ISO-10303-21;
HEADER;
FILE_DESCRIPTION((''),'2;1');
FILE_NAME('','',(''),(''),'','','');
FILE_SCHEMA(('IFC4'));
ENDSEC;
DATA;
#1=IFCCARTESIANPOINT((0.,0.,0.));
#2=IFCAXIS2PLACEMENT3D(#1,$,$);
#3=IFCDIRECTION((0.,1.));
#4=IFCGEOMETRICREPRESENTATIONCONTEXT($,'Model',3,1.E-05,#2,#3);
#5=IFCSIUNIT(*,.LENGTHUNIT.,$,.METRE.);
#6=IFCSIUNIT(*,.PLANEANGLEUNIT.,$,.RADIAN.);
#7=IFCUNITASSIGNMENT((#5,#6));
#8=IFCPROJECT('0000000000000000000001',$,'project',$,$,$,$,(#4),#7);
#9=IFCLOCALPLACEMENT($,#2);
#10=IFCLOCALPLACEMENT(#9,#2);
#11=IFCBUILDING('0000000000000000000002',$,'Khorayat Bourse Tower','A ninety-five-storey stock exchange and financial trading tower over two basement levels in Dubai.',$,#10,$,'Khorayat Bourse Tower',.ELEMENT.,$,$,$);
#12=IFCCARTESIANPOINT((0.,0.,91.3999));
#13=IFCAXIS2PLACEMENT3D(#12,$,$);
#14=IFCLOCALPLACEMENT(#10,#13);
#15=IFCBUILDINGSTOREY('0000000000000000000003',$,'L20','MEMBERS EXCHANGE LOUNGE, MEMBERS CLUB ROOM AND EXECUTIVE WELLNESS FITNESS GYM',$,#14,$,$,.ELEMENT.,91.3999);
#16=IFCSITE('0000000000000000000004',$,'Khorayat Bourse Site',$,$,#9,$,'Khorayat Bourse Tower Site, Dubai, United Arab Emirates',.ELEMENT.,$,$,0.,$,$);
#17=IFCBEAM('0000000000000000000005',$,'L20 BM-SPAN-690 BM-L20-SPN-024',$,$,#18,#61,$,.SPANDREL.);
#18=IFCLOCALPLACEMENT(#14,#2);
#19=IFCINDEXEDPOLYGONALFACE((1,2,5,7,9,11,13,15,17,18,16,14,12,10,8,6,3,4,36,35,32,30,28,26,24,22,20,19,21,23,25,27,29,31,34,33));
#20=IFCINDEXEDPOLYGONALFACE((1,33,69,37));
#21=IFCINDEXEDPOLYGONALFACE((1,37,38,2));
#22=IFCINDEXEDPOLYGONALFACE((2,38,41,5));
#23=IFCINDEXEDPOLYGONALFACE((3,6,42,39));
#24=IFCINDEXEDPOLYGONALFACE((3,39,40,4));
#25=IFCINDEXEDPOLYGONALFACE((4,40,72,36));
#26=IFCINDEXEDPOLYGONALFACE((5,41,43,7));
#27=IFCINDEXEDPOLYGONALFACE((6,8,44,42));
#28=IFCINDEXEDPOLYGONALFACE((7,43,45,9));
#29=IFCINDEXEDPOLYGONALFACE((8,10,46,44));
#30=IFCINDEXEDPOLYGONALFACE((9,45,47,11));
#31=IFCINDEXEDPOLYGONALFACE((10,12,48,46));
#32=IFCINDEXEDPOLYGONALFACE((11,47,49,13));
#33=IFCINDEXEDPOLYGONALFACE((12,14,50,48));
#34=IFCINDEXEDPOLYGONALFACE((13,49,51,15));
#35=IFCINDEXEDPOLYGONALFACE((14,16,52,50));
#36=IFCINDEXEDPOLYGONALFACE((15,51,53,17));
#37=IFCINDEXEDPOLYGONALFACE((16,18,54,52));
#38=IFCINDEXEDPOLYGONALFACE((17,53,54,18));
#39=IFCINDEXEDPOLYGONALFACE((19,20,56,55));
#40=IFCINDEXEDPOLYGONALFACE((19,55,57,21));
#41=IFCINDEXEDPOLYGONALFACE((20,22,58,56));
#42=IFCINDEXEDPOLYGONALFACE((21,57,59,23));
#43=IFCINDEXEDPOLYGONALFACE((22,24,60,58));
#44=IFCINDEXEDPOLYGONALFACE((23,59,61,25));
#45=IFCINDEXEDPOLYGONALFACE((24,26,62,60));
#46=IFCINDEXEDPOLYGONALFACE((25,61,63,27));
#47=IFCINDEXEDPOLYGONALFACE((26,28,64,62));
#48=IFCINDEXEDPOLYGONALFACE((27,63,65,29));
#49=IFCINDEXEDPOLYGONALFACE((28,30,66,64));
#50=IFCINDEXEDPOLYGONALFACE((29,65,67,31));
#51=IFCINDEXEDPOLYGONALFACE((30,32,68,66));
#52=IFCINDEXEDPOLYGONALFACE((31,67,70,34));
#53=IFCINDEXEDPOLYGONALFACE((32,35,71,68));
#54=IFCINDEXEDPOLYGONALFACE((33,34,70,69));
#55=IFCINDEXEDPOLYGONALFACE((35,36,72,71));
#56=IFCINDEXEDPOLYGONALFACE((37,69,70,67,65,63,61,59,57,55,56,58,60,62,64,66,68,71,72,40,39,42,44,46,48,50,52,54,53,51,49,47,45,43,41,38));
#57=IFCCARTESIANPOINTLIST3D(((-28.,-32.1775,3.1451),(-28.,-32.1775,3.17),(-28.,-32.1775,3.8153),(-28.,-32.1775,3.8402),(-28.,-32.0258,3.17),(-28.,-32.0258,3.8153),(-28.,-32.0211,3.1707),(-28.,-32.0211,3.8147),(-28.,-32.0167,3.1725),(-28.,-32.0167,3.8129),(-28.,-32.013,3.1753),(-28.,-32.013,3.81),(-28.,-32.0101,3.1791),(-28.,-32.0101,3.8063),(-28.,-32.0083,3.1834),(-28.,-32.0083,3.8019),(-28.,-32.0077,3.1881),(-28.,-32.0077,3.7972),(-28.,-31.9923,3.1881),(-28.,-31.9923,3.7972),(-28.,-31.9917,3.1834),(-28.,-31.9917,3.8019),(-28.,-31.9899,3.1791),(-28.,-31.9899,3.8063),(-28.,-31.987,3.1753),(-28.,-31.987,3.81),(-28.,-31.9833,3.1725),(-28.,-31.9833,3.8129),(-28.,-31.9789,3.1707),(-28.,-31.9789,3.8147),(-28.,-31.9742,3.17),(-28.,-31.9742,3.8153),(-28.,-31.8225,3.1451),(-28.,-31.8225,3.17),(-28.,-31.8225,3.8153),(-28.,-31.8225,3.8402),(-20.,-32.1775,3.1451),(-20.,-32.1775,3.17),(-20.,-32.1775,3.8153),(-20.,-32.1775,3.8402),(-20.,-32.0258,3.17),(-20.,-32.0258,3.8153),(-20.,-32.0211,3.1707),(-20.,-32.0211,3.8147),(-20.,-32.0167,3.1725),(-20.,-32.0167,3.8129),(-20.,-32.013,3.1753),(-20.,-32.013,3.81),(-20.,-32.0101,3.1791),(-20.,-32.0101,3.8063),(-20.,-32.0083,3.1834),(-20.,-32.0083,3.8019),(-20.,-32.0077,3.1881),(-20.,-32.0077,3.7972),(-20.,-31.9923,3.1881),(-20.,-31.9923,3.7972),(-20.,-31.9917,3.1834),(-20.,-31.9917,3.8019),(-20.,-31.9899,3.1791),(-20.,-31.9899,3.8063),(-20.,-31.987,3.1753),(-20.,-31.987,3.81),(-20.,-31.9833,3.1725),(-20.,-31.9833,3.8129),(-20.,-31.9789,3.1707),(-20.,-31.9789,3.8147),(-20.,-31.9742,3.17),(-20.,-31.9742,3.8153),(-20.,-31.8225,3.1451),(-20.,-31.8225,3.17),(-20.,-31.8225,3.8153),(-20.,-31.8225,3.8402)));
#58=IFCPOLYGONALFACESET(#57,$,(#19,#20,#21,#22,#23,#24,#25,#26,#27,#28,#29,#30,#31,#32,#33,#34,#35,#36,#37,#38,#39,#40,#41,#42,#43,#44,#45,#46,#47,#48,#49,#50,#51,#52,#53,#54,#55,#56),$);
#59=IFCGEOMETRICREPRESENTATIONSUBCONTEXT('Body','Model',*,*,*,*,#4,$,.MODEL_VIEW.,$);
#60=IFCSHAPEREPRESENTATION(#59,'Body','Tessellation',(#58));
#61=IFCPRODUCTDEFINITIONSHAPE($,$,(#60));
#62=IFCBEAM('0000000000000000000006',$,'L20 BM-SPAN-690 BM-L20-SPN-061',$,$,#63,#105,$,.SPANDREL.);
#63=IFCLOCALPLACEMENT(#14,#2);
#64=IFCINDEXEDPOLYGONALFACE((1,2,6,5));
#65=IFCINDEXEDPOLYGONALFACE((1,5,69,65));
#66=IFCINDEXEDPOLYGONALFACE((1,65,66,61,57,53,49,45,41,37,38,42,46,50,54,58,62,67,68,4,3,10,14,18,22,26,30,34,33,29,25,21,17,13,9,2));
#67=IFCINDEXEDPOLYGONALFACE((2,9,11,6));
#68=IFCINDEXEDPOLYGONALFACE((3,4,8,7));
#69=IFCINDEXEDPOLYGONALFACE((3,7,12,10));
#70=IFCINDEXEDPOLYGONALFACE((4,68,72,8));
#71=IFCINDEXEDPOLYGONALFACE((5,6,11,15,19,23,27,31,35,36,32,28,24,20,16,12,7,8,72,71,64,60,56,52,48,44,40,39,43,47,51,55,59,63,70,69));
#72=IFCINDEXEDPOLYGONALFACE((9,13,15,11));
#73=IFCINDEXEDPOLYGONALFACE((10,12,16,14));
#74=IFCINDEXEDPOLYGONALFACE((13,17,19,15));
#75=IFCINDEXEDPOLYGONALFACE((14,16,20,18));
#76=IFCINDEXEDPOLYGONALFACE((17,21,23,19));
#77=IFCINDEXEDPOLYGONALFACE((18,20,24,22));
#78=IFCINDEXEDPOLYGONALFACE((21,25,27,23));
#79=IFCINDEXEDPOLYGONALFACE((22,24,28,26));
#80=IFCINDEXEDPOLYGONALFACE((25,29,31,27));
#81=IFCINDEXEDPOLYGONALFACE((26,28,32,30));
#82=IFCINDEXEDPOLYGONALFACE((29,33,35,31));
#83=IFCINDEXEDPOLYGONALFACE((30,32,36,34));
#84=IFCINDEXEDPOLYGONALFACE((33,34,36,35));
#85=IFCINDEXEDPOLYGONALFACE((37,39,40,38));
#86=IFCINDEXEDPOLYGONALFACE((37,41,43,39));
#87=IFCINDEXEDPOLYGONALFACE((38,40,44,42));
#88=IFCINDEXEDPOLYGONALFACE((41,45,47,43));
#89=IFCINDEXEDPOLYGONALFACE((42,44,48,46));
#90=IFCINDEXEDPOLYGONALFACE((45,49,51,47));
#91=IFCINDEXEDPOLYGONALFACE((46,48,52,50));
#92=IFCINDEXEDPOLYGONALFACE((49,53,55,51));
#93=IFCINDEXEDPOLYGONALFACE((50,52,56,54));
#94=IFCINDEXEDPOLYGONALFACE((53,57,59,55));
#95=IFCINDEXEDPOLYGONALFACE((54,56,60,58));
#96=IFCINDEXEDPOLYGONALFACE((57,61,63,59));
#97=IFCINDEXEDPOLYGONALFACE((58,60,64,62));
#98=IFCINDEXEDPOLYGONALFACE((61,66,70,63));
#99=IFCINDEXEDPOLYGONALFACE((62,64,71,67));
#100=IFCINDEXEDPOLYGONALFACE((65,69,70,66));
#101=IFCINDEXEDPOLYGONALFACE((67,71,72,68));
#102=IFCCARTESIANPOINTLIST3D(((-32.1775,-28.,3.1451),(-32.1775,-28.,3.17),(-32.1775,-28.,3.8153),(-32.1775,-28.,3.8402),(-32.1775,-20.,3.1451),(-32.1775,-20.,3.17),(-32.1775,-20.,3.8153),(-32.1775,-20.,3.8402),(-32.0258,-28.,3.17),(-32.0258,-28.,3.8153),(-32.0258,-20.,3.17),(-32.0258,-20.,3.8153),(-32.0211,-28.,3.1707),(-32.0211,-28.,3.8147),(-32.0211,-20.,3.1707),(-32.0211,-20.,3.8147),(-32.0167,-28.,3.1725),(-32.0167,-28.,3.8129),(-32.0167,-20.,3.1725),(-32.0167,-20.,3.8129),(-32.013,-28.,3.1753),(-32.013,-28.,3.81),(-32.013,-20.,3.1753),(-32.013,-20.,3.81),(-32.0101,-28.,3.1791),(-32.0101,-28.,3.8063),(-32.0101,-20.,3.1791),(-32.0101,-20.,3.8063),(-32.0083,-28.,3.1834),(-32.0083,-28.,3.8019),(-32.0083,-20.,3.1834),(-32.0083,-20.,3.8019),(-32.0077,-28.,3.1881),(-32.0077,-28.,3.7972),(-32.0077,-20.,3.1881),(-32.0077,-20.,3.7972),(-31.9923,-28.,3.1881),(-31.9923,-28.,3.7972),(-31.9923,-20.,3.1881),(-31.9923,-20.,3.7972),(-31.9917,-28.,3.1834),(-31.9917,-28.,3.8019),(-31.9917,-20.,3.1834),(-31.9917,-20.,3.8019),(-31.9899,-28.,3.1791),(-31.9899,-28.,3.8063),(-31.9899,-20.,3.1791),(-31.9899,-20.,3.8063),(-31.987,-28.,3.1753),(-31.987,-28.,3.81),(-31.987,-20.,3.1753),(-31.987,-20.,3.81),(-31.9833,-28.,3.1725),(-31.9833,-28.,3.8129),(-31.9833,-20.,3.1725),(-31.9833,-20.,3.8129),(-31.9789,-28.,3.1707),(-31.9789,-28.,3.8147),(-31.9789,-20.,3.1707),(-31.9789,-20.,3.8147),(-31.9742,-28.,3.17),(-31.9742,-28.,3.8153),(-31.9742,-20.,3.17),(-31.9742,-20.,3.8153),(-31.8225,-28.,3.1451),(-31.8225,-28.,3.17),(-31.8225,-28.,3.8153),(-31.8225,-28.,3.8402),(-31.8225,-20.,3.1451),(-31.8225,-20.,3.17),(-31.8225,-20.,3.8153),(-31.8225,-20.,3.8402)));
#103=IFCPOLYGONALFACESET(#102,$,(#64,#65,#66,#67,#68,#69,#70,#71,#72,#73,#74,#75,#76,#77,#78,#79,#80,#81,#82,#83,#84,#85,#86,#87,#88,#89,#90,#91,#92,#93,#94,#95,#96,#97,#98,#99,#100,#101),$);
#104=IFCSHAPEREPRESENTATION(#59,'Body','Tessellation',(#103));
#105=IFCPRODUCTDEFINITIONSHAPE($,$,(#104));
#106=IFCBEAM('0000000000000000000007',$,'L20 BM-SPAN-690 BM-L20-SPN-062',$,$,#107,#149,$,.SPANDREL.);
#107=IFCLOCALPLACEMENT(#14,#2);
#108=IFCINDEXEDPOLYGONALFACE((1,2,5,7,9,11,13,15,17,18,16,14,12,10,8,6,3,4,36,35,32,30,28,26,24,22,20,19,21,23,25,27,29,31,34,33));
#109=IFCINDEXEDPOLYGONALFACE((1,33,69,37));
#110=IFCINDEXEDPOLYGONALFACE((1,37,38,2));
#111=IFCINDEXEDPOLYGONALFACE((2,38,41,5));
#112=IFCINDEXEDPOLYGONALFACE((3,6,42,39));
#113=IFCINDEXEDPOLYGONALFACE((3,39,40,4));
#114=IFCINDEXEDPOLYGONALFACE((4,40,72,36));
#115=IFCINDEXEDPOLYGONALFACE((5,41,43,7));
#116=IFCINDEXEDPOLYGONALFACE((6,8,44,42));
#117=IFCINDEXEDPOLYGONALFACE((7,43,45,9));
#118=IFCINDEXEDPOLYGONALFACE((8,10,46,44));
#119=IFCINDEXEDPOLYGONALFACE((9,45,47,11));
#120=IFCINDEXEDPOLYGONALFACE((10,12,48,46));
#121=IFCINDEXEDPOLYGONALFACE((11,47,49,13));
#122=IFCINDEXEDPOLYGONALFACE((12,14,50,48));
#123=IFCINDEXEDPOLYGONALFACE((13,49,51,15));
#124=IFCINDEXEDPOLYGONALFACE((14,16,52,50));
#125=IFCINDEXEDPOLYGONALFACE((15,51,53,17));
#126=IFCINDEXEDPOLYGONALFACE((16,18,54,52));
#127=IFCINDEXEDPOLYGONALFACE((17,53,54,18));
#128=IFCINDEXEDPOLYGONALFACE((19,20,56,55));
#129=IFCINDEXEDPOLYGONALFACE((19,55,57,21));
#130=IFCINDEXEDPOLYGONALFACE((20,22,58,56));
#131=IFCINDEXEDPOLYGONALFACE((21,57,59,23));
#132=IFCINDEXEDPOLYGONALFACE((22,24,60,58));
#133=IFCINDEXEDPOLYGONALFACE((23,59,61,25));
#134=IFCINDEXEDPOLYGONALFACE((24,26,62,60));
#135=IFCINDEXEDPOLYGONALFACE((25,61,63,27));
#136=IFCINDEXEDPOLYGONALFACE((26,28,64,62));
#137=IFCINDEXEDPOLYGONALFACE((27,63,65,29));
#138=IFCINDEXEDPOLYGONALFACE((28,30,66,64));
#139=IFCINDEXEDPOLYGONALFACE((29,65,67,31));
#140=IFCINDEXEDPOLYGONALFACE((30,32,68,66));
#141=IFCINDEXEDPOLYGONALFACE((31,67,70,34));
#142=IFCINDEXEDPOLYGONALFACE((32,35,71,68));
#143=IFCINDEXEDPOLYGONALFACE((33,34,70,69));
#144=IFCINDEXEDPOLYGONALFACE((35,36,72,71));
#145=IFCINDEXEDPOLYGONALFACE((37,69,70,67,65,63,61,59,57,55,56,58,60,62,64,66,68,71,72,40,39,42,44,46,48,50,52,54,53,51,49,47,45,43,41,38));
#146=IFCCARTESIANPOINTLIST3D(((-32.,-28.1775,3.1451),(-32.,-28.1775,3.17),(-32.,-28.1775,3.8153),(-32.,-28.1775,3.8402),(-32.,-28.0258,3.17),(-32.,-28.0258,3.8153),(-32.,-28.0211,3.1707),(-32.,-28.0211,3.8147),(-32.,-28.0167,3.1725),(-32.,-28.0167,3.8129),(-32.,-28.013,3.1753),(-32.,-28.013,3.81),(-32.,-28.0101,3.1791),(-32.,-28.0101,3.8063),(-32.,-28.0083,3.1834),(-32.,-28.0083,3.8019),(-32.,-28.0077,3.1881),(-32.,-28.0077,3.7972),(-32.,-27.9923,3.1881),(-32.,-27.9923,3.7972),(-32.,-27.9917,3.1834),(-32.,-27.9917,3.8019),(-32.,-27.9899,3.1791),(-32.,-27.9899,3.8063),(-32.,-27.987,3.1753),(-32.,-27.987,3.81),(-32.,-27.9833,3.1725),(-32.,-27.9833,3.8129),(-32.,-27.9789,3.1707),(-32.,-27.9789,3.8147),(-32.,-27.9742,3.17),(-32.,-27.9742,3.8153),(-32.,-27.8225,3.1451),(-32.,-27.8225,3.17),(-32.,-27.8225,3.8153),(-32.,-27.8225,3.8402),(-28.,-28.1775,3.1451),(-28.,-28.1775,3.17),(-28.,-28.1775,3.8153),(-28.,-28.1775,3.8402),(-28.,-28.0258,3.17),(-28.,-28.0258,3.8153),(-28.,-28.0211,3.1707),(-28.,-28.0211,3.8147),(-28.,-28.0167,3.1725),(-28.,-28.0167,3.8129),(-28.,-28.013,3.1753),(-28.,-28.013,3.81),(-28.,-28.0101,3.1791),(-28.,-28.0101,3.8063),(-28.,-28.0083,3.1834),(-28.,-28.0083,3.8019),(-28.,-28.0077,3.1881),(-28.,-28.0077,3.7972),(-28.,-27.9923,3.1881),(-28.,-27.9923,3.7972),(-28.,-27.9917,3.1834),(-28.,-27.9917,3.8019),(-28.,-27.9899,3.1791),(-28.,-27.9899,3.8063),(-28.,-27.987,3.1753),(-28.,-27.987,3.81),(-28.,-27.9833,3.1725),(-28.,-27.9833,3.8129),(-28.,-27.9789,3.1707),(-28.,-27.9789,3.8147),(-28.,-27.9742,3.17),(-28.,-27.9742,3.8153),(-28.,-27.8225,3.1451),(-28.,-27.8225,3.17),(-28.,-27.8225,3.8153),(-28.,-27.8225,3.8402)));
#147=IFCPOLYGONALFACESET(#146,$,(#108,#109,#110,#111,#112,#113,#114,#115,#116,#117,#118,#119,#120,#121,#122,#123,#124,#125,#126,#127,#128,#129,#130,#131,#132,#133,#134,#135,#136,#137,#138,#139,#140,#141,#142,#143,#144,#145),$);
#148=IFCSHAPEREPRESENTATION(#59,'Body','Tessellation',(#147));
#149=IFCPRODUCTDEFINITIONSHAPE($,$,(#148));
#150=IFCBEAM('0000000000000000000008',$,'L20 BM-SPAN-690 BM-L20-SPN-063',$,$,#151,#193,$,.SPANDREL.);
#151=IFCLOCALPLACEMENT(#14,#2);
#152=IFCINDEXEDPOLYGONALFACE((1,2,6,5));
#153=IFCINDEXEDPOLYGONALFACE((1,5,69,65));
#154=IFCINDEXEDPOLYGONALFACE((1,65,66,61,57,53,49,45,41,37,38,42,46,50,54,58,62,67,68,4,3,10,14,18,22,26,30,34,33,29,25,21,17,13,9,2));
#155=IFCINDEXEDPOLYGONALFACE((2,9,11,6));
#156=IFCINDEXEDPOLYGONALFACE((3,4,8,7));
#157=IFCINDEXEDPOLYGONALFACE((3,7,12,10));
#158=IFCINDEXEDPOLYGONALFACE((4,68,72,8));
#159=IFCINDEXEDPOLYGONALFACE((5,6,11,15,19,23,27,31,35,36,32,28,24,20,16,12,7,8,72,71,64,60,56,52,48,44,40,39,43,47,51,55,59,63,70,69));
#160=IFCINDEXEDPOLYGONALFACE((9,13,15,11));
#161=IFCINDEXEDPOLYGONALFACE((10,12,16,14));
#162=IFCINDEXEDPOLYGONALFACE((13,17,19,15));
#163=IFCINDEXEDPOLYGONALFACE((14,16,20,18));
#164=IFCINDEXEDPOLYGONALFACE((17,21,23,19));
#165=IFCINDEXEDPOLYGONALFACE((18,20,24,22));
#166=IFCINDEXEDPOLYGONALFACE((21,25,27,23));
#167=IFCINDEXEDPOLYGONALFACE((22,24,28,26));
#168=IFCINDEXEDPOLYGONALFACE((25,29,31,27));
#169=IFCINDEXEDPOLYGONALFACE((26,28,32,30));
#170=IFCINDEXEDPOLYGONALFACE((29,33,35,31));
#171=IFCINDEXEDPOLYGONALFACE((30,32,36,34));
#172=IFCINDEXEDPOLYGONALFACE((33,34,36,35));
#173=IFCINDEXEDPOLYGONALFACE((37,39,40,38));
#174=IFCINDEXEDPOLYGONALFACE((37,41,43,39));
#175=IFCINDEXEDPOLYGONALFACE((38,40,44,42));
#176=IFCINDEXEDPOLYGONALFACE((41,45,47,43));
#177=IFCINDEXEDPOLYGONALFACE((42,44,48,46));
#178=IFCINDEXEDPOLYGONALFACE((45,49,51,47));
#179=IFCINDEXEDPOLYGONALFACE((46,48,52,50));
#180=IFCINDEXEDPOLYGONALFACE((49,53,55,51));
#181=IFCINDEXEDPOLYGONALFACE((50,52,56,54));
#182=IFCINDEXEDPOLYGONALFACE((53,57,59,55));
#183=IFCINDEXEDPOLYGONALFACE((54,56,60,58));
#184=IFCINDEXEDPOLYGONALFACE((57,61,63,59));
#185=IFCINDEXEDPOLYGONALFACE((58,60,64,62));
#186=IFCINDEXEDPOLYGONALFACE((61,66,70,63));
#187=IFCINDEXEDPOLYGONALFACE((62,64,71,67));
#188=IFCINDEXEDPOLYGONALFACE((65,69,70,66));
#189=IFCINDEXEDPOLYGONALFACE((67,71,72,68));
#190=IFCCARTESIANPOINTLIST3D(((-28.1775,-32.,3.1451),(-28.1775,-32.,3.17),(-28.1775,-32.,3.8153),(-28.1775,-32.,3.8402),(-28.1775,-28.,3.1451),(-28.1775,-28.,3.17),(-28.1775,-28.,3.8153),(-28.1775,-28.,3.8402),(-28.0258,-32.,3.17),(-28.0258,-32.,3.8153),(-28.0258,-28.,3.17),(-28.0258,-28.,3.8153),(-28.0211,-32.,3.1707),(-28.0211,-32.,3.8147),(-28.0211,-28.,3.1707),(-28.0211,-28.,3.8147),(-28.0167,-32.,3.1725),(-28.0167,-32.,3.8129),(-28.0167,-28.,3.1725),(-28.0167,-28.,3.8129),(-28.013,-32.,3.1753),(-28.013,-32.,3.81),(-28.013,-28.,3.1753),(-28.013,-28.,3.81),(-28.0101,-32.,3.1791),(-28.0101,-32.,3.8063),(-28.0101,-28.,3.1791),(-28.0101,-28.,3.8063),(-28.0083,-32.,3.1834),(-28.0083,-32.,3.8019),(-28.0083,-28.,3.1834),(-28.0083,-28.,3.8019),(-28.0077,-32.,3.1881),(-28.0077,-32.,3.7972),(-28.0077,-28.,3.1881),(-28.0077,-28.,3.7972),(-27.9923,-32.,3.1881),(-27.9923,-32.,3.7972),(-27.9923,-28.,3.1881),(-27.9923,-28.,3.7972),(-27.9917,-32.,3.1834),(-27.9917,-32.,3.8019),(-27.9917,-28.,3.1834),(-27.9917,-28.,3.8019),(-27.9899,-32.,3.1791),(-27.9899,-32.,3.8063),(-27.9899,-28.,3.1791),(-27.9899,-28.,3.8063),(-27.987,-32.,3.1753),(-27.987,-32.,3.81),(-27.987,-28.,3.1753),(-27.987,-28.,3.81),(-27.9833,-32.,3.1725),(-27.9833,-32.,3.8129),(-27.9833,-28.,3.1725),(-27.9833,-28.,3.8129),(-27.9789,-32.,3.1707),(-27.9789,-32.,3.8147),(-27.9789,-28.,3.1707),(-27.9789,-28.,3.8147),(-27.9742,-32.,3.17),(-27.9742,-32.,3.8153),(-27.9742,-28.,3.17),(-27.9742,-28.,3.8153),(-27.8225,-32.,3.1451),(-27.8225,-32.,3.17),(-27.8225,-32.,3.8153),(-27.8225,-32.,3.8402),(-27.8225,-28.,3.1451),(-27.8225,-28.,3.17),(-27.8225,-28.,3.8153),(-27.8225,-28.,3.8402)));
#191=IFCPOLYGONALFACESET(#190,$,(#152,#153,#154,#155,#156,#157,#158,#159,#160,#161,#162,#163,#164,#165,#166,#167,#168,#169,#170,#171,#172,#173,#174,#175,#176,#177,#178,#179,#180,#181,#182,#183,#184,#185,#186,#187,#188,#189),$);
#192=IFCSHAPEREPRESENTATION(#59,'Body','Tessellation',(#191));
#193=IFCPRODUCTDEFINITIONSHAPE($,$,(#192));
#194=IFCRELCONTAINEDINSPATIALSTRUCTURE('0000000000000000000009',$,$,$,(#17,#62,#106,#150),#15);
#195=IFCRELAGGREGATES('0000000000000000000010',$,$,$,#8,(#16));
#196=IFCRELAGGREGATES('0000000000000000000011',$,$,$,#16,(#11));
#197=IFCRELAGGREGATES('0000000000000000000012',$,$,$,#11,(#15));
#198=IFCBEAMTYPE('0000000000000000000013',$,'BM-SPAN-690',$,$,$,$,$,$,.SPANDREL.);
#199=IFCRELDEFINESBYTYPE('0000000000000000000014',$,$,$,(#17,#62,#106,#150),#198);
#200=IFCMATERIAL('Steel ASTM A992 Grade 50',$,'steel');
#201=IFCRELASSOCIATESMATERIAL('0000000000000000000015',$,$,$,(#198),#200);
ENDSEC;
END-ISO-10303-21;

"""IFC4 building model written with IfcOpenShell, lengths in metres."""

from ifc_helpers import new_model, si_unit, direction, frame, origin, origin_2d, place, context, subcontext, project, spatial, i_section, extrude, source, transform, mapped, material, material_profile, profile_set, type_object, element, save


model = new_model("IFC4")

# Units and contexts
model_context = context("Model", 3, precision=1e-05, world=origin(), true_north=direction((0.0, 1.0)))
body_context = subcontext(model_context, "Body", "Model", "MODEL_VIEW")
ifc_project = project(units=[si_unit("LENGTHUNIT", "METRE"), si_unit("PLANEANGLEUNIT", "RADIAN")], contexts=[model_context])

# Site, building, storey
site_placement = place(None, origin())
site = spatial("IfcSite", under=ifc_project, at=site_placement, Name="Khorayat Bourse Site", LongName="Khorayat Bourse Tower Site, Dubai, United Arab Emirates", CompositionType="ELEMENT", RefElevation=0.0)
building_placement = place(site_placement, origin())
building = spatial("IfcBuilding", under=site, at=building_placement, Name="Khorayat Bourse Tower", Description="A ninety-five-storey stock exchange and financial trading tower over two basement levels in Dubai.", LongName="Khorayat Bourse Tower", CompositionType="ELEMENT")
storey_placement = place(building_placement, frame((0.0, 0.0, 91.3999)))
storey = spatial("IfcBuildingStorey", under=building, at=storey_placement, Name="L20", Description="MEMBERS EXCHANGE LOUNGE, MEMBERS CLUB ROOM AND EXECUTIVE WELLNESS FITNESS GYM", CompositionType="ELEMENT", Elevation=91.3999)

# Beams
ifc_material_1 = material(Name="Steel ASTM A992 Grade 50", Category="steel")
ifc_material_profile_1 = material_profile(ifc_material_1, i_section(OverallWidth=0.355, OverallDepth=0.6951, WebThickness=0.0154, FlangeThickness=0.0249, FilletRadius=0.0181, at=origin_2d()), Name="W690X217")
ifc_profile_set_1 = profile_set([ifc_material_profile_1], Name="Steel ASTM A992 Grade 50")
beam_type_1 = type_object("IfcBeamType", Name="BM-SPAN-690", PredefinedType="SPANDREL", material=ifc_profile_set_1)
shared_shape_1 = source(origin(), body_context, "Body", "SweptSolid", [
    extrude(i_section(OverallWidth=0.355, OverallDepth=0.6951, WebThickness=0.0154, FlangeThickness=0.0249, FilletRadius=0.0181, at=origin_2d()), origin(), (0.0, 0.0, 1.0), 8.0),
])
for number, where, z_axis, x_axis, name in (
    (1, (-28.0, -32.0, 3.4927), (1.0, 0.0, 0.0), (0.0, 1.0, 0.0), "L20 BM-SPAN-690 BM-L20-SPN-024"),
    (2, (-32.0, -28.0, 3.4927), (0.0, 1.0, 0.0), (-1.0, 0.0, 0.0), "L20 BM-SPAN-690 BM-L20-SPN-061"),
):
    element("IfcBeam", number, at=place(storey_placement, frame(where, z_axis=z_axis, x_axis=x_axis)), inside=storey, type_object=beam_type_1, Name=name, PredefinedType="SPANDREL", context=body_context, shape_type="MappedRepresentation", body=[
        mapped(shared_shape_1, transform((0.0, 0.0, 0.0), scale=1.0)),
    ])
shared_shape_2 = source(origin(), body_context, "Body", "SweptSolid", [
    extrude(i_section(OverallWidth=0.355, OverallDepth=0.6951, WebThickness=0.0154, FlangeThickness=0.0249, FilletRadius=0.0181, at=origin_2d()), origin(), (0.0, 0.0, 1.0), 4.0),
])
for number, where, z_axis, x_axis, name in (
    (3, (-32.0, -28.0, 3.4927), (1.0, 0.0, 0.0), (0.0, 1.0, 0.0), "L20 BM-SPAN-690 BM-L20-SPN-062"),
    (4, (-28.0, -32.0, 3.4927), (0.0, 1.0, 0.0), (-1.0, 0.0, 0.0), "L20 BM-SPAN-690 BM-L20-SPN-063"),
):
    element("IfcBeam", number, at=place(storey_placement, frame(where, z_axis=z_axis, x_axis=x_axis)), inside=storey, type_object=beam_type_1, Name=name, PredefinedType="SPANDREL", context=body_context, shape_type="MappedRepresentation", body=[
        mapped(shared_shape_2, transform((0.0, 0.0, 0.0), scale=1.0)),
    ])

save(model, "model.ifc")
